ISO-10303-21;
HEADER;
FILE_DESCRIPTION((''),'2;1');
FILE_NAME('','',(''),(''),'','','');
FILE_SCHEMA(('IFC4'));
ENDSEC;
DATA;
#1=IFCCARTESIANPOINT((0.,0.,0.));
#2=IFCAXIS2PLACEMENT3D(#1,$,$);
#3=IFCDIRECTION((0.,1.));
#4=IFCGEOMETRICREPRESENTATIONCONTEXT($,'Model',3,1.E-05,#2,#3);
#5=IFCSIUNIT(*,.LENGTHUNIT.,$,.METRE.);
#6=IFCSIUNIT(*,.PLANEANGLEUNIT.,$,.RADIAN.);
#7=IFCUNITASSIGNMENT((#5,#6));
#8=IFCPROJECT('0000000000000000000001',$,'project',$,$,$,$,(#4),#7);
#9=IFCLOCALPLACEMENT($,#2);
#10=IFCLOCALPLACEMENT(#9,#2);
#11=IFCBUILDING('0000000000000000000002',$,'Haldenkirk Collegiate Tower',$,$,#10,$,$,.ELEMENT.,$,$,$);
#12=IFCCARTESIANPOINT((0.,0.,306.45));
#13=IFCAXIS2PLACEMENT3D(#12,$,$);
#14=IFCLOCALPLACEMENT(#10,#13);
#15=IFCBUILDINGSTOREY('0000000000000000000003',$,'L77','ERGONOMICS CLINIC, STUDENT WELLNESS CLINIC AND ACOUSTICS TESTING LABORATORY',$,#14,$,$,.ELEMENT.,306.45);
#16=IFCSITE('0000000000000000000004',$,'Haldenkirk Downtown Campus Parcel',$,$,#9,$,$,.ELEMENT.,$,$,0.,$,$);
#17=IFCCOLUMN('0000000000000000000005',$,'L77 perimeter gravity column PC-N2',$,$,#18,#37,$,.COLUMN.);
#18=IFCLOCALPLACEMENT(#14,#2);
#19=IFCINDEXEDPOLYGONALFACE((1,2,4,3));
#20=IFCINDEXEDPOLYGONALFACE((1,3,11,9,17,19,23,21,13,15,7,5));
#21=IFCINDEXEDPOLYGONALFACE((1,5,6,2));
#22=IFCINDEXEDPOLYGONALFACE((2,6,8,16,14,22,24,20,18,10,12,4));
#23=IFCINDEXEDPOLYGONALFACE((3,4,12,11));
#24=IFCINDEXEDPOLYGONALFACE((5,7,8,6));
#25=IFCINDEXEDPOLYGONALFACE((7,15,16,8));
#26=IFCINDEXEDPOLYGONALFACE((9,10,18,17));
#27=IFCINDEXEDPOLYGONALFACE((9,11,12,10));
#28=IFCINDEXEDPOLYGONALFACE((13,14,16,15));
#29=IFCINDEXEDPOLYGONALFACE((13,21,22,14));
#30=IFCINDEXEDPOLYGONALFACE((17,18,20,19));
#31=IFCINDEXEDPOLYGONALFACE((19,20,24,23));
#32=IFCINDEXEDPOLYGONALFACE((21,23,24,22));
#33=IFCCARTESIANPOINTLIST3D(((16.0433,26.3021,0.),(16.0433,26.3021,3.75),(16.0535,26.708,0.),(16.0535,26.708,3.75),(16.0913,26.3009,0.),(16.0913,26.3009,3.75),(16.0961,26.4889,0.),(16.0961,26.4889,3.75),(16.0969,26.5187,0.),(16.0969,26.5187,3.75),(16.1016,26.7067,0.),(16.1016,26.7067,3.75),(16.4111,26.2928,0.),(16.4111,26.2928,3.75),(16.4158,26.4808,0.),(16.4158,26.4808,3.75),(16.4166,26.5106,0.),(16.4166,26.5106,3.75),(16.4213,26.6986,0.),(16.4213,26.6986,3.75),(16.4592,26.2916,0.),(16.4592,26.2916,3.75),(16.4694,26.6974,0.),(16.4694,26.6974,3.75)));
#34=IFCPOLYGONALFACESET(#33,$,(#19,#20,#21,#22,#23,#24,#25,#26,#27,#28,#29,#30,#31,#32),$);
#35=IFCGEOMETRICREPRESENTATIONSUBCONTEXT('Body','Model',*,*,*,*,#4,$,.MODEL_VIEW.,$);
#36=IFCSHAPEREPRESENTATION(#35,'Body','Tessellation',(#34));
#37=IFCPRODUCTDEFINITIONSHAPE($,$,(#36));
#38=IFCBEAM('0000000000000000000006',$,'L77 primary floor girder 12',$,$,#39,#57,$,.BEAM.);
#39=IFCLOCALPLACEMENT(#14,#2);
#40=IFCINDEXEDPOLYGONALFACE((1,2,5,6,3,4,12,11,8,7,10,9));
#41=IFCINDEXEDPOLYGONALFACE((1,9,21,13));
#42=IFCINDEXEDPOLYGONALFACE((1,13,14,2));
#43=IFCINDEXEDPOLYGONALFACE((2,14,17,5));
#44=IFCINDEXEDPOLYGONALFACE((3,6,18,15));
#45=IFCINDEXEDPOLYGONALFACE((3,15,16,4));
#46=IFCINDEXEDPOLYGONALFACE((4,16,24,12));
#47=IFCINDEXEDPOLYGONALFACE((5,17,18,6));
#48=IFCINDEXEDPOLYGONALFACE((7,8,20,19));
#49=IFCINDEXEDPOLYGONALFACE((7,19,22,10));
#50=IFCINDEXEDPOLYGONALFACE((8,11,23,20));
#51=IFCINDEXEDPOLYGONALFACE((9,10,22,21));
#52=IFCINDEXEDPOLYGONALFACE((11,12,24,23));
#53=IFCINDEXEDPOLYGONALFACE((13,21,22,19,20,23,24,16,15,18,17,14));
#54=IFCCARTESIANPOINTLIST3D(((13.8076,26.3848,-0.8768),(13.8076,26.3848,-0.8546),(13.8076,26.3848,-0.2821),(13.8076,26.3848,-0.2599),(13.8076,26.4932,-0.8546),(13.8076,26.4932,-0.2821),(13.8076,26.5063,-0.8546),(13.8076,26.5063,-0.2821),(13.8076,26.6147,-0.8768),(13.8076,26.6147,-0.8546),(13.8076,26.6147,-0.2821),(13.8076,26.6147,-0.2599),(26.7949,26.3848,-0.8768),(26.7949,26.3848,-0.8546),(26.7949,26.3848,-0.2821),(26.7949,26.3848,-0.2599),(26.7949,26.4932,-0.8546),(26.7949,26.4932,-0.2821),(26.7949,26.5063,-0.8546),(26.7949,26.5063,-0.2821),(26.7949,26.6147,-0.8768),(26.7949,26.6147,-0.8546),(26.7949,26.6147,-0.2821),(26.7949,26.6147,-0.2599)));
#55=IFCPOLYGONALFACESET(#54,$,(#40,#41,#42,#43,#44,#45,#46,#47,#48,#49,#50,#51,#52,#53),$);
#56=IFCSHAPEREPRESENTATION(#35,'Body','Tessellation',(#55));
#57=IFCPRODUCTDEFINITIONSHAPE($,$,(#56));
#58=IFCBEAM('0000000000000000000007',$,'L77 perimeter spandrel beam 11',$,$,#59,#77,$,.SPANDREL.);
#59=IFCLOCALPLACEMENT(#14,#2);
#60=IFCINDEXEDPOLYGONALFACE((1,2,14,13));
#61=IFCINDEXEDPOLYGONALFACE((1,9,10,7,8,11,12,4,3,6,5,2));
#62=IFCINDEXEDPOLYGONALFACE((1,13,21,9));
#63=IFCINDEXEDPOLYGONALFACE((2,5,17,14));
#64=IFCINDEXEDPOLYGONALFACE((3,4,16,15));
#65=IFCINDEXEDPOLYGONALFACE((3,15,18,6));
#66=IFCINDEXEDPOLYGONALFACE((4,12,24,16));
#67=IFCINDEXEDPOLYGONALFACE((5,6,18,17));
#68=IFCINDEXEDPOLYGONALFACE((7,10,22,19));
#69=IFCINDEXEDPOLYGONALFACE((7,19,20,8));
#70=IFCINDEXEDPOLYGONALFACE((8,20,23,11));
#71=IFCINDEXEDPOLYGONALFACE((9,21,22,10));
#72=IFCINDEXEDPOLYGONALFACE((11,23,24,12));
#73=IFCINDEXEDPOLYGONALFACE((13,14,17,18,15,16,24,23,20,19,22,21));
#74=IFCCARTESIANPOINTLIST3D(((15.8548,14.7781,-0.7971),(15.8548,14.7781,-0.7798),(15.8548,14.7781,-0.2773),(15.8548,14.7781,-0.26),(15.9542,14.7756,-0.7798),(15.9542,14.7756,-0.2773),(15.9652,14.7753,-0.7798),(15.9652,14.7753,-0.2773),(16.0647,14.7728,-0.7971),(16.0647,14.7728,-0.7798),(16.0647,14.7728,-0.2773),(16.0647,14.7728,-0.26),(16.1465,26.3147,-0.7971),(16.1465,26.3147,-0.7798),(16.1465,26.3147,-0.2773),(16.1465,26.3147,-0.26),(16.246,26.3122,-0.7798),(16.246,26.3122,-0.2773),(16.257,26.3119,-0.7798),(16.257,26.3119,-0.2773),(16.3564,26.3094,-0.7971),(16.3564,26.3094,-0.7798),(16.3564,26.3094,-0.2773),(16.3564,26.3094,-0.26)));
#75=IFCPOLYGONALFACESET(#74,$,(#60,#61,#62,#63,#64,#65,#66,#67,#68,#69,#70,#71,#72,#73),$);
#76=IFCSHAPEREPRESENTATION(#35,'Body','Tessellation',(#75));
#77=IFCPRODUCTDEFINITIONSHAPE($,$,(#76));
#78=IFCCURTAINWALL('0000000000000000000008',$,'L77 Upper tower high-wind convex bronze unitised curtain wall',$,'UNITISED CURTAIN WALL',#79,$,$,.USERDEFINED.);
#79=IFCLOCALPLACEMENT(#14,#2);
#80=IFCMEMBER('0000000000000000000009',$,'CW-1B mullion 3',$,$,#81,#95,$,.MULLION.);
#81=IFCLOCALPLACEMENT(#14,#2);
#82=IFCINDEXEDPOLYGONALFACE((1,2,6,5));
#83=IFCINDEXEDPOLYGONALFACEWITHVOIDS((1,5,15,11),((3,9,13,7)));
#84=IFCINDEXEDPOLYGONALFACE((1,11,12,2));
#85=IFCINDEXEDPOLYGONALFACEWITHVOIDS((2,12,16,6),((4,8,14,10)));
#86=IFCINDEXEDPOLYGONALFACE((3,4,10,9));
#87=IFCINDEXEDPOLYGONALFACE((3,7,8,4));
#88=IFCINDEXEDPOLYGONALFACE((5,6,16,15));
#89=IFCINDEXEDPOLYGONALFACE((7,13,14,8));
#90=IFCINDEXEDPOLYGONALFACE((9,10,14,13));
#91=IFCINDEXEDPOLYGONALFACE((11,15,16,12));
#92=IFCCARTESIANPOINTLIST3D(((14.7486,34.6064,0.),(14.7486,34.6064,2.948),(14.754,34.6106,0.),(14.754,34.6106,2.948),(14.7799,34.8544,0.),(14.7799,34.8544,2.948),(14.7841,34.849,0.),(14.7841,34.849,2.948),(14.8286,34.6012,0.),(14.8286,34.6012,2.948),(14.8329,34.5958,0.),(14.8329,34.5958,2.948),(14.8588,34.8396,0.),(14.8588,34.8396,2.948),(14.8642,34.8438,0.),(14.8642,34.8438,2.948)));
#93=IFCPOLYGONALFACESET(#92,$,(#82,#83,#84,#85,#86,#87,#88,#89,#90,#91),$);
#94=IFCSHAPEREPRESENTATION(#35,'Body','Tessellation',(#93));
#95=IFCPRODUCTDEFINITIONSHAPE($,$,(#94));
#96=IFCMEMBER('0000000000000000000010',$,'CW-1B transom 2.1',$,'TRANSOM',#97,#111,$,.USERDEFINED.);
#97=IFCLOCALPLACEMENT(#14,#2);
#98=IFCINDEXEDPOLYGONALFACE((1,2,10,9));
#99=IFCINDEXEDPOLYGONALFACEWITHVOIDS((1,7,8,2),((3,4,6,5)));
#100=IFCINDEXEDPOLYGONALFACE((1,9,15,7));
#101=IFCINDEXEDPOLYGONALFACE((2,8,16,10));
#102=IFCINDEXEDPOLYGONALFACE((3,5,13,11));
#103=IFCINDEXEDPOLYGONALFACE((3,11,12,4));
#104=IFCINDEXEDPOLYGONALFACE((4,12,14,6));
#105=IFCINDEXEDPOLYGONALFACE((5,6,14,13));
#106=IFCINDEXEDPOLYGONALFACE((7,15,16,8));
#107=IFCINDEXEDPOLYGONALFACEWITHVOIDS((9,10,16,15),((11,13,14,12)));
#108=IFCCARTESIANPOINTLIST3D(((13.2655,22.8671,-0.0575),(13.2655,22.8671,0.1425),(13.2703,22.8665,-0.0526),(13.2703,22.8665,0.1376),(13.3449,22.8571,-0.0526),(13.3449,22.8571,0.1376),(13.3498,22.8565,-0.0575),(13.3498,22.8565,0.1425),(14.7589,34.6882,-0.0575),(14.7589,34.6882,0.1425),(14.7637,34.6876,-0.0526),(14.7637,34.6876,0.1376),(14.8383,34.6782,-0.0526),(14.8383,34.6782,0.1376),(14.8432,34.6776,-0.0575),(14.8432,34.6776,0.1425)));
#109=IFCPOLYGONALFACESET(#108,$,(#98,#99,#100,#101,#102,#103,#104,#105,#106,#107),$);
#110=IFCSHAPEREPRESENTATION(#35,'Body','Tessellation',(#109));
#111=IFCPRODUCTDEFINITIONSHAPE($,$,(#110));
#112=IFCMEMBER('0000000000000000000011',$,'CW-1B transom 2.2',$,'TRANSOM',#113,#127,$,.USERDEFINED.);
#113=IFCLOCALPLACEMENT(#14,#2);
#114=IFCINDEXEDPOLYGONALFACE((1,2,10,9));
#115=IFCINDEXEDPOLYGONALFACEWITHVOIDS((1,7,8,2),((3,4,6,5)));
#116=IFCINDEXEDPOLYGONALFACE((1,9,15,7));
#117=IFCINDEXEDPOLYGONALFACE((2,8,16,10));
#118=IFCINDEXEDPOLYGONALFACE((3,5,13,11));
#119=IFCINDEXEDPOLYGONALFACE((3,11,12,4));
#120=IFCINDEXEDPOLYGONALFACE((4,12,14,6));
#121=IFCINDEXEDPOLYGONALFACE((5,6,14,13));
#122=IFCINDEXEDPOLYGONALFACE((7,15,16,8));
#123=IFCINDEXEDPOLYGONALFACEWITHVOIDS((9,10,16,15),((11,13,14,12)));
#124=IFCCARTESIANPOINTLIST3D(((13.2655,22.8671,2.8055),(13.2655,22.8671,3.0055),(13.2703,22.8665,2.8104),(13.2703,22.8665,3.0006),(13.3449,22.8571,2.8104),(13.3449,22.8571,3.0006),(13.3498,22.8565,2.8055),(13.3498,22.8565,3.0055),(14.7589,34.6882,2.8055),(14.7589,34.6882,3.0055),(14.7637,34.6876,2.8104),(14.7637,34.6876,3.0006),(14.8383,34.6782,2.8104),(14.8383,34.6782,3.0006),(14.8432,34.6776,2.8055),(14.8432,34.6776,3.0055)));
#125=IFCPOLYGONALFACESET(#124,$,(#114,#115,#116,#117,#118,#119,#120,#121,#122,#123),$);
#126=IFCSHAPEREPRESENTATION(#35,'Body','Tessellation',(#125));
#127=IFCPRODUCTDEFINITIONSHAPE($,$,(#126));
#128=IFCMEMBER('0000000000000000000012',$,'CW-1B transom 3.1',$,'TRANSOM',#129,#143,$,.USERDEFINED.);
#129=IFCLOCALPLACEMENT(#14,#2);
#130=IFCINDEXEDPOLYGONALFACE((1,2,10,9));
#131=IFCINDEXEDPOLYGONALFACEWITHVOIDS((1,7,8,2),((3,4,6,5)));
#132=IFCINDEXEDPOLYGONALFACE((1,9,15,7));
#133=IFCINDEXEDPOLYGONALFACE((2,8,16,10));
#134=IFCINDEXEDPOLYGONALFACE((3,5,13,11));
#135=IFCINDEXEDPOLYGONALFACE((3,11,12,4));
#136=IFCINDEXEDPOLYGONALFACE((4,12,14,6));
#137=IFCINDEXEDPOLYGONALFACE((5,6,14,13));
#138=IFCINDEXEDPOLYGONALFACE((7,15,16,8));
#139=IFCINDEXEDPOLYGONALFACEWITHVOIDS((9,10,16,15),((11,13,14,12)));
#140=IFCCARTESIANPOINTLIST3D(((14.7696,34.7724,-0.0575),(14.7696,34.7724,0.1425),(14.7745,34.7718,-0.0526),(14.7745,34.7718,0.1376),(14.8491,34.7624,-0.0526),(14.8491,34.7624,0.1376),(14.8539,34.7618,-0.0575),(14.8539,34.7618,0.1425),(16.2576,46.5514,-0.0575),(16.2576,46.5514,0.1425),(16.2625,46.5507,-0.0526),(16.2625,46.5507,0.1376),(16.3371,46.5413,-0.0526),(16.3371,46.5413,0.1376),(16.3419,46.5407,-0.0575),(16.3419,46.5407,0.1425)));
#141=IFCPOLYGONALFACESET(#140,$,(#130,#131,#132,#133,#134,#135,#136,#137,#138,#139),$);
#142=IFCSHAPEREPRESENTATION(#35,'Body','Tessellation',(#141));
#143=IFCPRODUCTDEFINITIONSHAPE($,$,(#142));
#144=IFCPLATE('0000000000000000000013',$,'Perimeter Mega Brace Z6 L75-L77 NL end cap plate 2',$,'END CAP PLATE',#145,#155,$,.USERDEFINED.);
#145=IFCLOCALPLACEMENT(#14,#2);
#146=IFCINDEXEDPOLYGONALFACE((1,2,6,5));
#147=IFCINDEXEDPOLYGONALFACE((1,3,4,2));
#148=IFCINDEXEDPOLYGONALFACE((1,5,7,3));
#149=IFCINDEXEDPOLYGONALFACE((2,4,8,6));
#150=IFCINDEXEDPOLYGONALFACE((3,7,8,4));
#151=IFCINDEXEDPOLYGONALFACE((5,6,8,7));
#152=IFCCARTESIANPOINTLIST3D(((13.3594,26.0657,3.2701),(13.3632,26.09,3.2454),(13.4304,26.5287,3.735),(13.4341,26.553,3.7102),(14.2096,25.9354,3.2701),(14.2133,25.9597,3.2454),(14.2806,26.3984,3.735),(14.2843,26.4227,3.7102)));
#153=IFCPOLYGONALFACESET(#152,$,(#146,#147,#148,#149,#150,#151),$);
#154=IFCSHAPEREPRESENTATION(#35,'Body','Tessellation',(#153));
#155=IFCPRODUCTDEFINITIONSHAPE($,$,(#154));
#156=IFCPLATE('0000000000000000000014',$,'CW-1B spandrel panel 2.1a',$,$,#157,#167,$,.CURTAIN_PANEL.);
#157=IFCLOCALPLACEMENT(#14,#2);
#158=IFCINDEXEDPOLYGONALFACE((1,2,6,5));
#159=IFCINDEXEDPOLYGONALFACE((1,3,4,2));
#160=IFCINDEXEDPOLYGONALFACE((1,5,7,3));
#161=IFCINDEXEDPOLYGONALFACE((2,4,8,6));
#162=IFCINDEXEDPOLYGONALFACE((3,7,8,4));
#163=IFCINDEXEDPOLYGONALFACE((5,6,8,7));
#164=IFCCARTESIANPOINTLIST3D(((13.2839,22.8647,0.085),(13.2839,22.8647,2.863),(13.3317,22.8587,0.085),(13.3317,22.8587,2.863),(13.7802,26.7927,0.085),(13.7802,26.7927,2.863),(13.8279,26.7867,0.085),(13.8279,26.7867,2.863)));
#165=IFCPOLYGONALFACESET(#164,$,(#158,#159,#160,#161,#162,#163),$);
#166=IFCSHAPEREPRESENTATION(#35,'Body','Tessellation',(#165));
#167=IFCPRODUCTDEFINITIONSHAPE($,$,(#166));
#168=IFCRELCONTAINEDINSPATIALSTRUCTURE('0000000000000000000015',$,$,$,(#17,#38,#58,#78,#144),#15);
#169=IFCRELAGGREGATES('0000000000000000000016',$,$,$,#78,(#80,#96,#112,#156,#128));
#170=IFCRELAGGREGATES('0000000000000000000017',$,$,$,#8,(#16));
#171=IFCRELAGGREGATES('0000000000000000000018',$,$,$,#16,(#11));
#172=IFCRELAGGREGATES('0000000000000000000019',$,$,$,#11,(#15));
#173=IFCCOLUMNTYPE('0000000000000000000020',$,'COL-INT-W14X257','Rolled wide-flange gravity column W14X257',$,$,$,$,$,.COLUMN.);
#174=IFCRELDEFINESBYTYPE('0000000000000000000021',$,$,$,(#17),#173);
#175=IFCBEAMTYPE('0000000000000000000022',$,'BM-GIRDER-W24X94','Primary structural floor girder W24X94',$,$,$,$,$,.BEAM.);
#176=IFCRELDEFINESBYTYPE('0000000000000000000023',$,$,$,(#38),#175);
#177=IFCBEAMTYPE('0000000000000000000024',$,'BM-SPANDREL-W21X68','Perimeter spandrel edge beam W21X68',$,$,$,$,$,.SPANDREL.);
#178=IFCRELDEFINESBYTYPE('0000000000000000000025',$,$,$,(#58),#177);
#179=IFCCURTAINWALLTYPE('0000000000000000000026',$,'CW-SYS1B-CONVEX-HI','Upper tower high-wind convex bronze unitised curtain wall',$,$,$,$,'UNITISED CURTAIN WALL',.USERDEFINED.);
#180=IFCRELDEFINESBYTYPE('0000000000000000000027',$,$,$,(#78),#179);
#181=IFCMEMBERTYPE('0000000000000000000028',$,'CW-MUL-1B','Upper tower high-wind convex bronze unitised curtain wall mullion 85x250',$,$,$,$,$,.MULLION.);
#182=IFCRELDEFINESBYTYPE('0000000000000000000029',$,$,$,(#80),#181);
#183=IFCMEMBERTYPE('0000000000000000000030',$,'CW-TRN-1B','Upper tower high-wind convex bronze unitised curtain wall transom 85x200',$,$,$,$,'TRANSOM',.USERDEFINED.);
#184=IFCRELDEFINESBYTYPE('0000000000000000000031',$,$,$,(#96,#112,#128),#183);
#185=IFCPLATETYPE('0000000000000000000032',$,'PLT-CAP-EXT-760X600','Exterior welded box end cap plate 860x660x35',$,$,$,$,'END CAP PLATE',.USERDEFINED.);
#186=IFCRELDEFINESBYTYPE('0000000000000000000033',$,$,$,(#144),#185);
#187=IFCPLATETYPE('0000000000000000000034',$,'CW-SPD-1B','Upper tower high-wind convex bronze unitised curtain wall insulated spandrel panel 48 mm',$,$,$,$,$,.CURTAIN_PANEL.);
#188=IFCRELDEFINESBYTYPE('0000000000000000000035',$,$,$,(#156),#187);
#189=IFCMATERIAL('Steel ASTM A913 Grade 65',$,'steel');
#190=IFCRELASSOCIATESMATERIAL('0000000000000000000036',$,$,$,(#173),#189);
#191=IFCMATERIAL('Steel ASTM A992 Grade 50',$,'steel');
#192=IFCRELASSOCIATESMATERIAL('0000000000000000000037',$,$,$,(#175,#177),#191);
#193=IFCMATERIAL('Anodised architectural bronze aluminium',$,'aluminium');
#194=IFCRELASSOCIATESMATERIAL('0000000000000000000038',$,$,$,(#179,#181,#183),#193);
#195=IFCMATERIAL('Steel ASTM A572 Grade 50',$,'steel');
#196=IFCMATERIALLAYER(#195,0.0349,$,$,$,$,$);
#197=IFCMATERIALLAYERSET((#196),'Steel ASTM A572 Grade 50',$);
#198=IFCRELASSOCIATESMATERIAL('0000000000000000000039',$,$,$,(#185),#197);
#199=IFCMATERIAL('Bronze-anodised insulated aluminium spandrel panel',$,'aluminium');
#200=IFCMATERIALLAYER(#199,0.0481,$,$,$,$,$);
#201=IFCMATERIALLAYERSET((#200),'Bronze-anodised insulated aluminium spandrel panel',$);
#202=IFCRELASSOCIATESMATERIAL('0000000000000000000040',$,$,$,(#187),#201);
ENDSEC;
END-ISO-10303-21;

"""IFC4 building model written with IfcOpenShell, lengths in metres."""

from ifc_helpers import new_model, si_unit, direction, frame, origin, origin_2d, place, context, subcontext, project, spatial, rectangle, hollow_rectangle, i_section, extrude, source, transform, mapped, material, layer, layer_set, material_profile, profile_set, type_object, element, aggregate, save


model = new_model("IFC4")

# Units and contexts
model_context = context("Model", 3, precision=1e-05, world=origin(), true_north=direction((0.0, 1.0)))
body_context = subcontext(model_context, "Body", "Model", "MODEL_VIEW")
ifc_project = project(units=[si_unit("LENGTHUNIT", "METRE"), si_unit("PLANEANGLEUNIT", "RADIAN")], contexts=[model_context])

# Site, building, storey
site_placement = place(None, origin())
site = spatial("IfcSite", under=ifc_project, at=site_placement, Name="Haldenkirk Downtown Campus Parcel", CompositionType="ELEMENT", RefElevation=0.0)
building_placement = place(site_placement, origin())
building = spatial("IfcBuilding", under=site, at=building_placement, Name="Haldenkirk Collegiate Tower", CompositionType="ELEMENT")
storey_placement = place(building_placement, frame((0.0, 0.0, 306.45)))
storey = spatial("IfcBuildingStorey", under=building, at=storey_placement, Name="L77", Description="ERGONOMICS CLINIC, STUDENT WELLNESS CLINIC AND ACOUSTICS TESTING LABORATORY", CompositionType="ELEMENT", Elevation=306.45)

# Column
ifc_material_1 = material(Name="Steel ASTM A913 Grade 65", Category="steel")
ifc_material_profile_1 = material_profile(ifc_material_1, i_section(OverallWidth=0.406, OverallDepth=0.416, WebThickness=0.0298, FlangeThickness=0.0481, at=origin_2d()), Name="W14X257")
ifc_profile_set_1 = profile_set([ifc_material_profile_1], Name="Steel ASTM A913 Grade 65")
column_type = type_object("IfcColumnType", Name="COL-INT-W14X257", Description="Rolled wide-flange gravity column W14X257", PredefinedType="COLUMN", material=ifc_profile_set_1)
column_placement = place(storey_placement, frame((16.2563, 26.4998, 0.0), z_axis=(0.0, 0.0, 1.0), x_axis=(0.025305, 0.99968, 0.0)))
element("IfcColumn", 1, at=column_placement, inside=storey, type_object=column_type, Name="L77 perimeter gravity column PC-N2", PredefinedType="COLUMN", context=body_context, shape_type="SweptSolid", body=[
    extrude(i_section(OverallWidth=0.406, OverallDepth=0.416, WebThickness=0.0298, FlangeThickness=0.0481, at=origin_2d()), origin(), (0.0, 0.0, 1.0), 3.75),
])

# Beams
ifc_material_2 = material(Name="Steel ASTM A992 Grade 50", Category="steel")
ifc_material_profile_2 = material_profile(ifc_material_2, i_section(OverallWidth=0.23, OverallDepth=0.6169, WebThickness=0.0132, FlangeThickness=0.0222, at=origin_2d()), Name="W24X94")
ifc_profile_set_2 = profile_set([ifc_material_profile_2], Name="Steel ASTM A992 Grade 50")
beam_type_1 = type_object("IfcBeamType", Name="BM-GIRDER-W24X94", Description="Primary structural floor girder W24X94", PredefinedType="BEAM", material=ifc_profile_set_2)
beam_1_placement = place(storey_placement, frame((13.8076, 26.4998, -0.5684), z_axis=(1.0, 0.0, 0.0), x_axis=(0.0, 1.0, 0.0)))
element("IfcBeam", 2, at=beam_1_placement, inside=storey, type_object=beam_type_1, Name="L77 primary floor girder 12", PredefinedType="BEAM", context=body_context, shape_type="SweptSolid", body=[
    extrude(i_section(OverallWidth=0.23, OverallDepth=0.6169, WebThickness=0.0132, FlangeThickness=0.0222, at=origin_2d()), origin(), (0.0, 0.0, 1.0), 12.9873),
])
ifc_material_profile_3 = material_profile(ifc_material_2, i_section(OverallWidth=0.21, OverallDepth=0.5371, WebThickness=0.011, FlangeThickness=0.0173, at=origin_2d()), Name="W21X68")
ifc_profile_set_3 = profile_set([ifc_material_profile_3], Name="Steel ASTM A992 Grade 50")
beam_type_2 = type_object("IfcBeamType", Name="BM-SPANDREL-W21X68", Description="Perimeter spandrel edge beam W21X68", PredefinedType="SPANDREL", material=ifc_profile_set_3)
beam_2_placement = place(storey_placement, frame((16.2515, 26.312, -0.5286), z_axis=(-0.025281, -0.99968, 0.0), x_axis=(0.99968, -0.025281, 0.0)))
element("IfcBeam", 3, at=beam_2_placement, inside=storey, type_object=beam_type_2, Name="L77 perimeter spandrel beam 11", PredefinedType="SPANDREL", context=body_context, shape_type="SweptSolid", body=[
    extrude(i_section(OverallWidth=0.21, OverallDepth=0.5371, WebThickness=0.011, FlangeThickness=0.0173, at=origin_2d()), origin(), (0.0, 0.0, 1.0), 11.5403),
])

# Curtain wall, members
ifc_material_3 = material(Name="Anodised architectural bronze aluminium", Category="aluminium")
curtain_wall_type = type_object("IfcCurtainWallType", Name="CW-SYS1B-CONVEX-HI", Description="Upper tower high-wind convex bronze unitised curtain wall", ElementType="UNITISED CURTAIN WALL", PredefinedType="USERDEFINED", material=ifc_material_3)
curtain_wall_placement = place(storey_placement, origin())
curtain_wall = element("IfcCurtainWall", 4, at=curtain_wall_placement, inside=storey, type_object=curtain_wall_type, Name="L77 Upper tower high-wind convex bronze unitised curtain wall", ObjectType="UNITISED CURTAIN WALL", PredefinedType="USERDEFINED")
ifc_material_profile_4 = material_profile(ifc_material_3, hollow_rectangle(XDim=0.085, YDim=0.25, WallThickness=0.0049, at=origin_2d()), Name="CW-MUL-1B")
ifc_profile_set_4 = profile_set([ifc_material_profile_4], Name="Anodised architectural bronze aluminium")
member_type_1 = type_object("IfcMemberType", Name="CW-MUL-1B", Description="Upper tower high-wind convex bronze unitised curtain wall mullion 85x250", PredefinedType="MULLION", material=ifc_profile_set_4)
member_1_placement = place(storey_placement, frame((14.8064, 34.7251, 0.0), z_axis=(0.0, 0.0, 1.0), x_axis=(-0.992115, 0.125333, 0.0)))
member_1 = element("IfcMember", 5, at=member_1_placement, type_object=member_type_1, Name="CW-1B mullion 3", PredefinedType="MULLION", context=body_context, shape_type="SweptSolid", body=[
    extrude(hollow_rectangle(XDim=0.085, YDim=0.25, WallThickness=0.0049, at=origin_2d()), origin(), (0.0, 0.0, 1.0), 2.948),
])
ifc_material_profile_5 = material_profile(ifc_material_3, hollow_rectangle(XDim=0.085, YDim=0.2, WallThickness=0.0049, at=origin_2d()), Name="CW-TRN-1B")
ifc_profile_set_5 = profile_set([ifc_material_profile_5], Name="Anodised architectural bronze aluminium")
member_type_2 = type_object("IfcMemberType", Name="CW-TRN-1B", Description="Upper tower high-wind convex bronze unitised curtain wall transom 85x200", ElementType="TRANSOM", PredefinedType="USERDEFINED", material=ifc_profile_set_5)
member_2_placement = place(storey_placement, frame((13.3076, 22.8618, 0.0425), z_axis=(0.125338, 0.992114, 0.0), x_axis=(-0.992114, 0.125338, 0.0)))
member_2 = element("IfcMember", 6, at=member_2_placement, type_object=member_type_2, Name="CW-1B transom 2.1", ObjectType="TRANSOM", PredefinedType="USERDEFINED", context=body_context, shape_type="SweptSolid", body=[
    extrude(hollow_rectangle(XDim=0.085, YDim=0.2, WallThickness=0.0049, at=origin_2d()), origin(), (0.0, 0.0, 1.0), 11.915),
])
member_3_placement = place(storey_placement, frame((13.3076, 22.8618, 2.9055), z_axis=(0.125338, 0.992114, 0.0), x_axis=(-0.992114, 0.125338, 0.0)))
member_3 = element("IfcMember", 7, at=member_3_placement, type_object=member_type_2, Name="CW-1B transom 2.2", ObjectType="TRANSOM", PredefinedType="USERDEFINED", context=body_context, shape_type="SweptSolid", body=[
    extrude(hollow_rectangle(XDim=0.085, YDim=0.2, WallThickness=0.0049, at=origin_2d()), origin(), (0.0, 0.0, 1.0), 11.915),
])
member_4_placement = place(storey_placement, frame((14.8118, 34.7671, 0.0425), z_axis=(0.125333, 0.992115, 0.0), x_axis=(-0.992115, 0.125333, 0.0)))
member_4 = element("IfcMember", 8, at=member_4_placement, type_object=member_type_2, Name="CW-1B transom 3.1", ObjectType="TRANSOM", PredefinedType="USERDEFINED", context=body_context, shape_type="SweptSolid", body=[
    extrude(hollow_rectangle(XDim=0.085, YDim=0.2, WallThickness=0.0049, at=origin_2d()), origin(), (0.0, 0.0, 1.0), 11.8726),
])

# Plates
ifc_material_4 = material(Name="Steel ASTM A572 Grade 50", Category="steel")
ifc_layer_1 = layer(ifc_material_4, 0.0349)
ifc_layer_set_1 = layer_set([ifc_layer_1], Name="Steel ASTM A572 Grade 50")
plate_type_1 = type_object("IfcPlateType", Name="PLT-CAP-EXT-760X600", Description="Exterior welded box end cap plate 860x660x35", ElementType="END CAP PLATE", PredefinedType="USERDEFINED", material=ifc_layer_set_1)
shared_shape_1 = source(origin(), body_context, "Body", "SweptSolid", [
    extrude(rectangle(XDim=0.8601, YDim=0.6599, at=origin_2d()), origin(), (0.0, 0.0, 1.0), 0.0349),
])
plate_1_placement = place(storey_placement, frame((13.8237, 26.2563, 3.4778), z_axis=(-0.106711, -0.696266, 0.709807), x_axis=(0.988458, -0.151493, 0.0)))
element("IfcPlate", 9, at=plate_1_placement, inside=storey, type_object=plate_type_1, Name="Perimeter Mega Brace Z6 L75-L77 NL end cap plate 2", ObjectType="END CAP PLATE", PredefinedType="USERDEFINED", context=body_context, shape_type="MappedRepresentation", body=[
    mapped(shared_shape_1, transform((0.0, 0.0, 0.0), x_axis=(1.0, 0.0, 0.0), y_axis=(0.0, 1.0, 0.0), z_axis=(0.0, 0.0, 1.0), scale=1.0)),
])
ifc_material_5 = material(Name="Bronze-anodised insulated aluminium spandrel panel", Category="aluminium")
ifc_layer_2 = layer(ifc_material_5, 0.0481)
ifc_layer_set_2 = layer_set([ifc_layer_2], Name="Bronze-anodised insulated aluminium spandrel panel")
plate_type_2 = type_object("IfcPlateType", Name="CW-SPD-1B", Description="Upper tower high-wind convex bronze unitised curtain wall insulated spandrel panel 48 mm", PredefinedType="CURTAIN_PANEL", material=ifc_layer_set_2)
shared_shape_2 = source(origin(), body_context, "Body", "SweptSolid", [
    extrude(rectangle(XDim=3.9592, YDim=0.0481, at=origin_2d()), origin(), (0.0, 0.0, 1.0), 2.7781),
])
plate_2_placement = place(storey_placement, frame((13.5559, 24.8257, 0.085), z_axis=(0.0, 0.0, 1.0), x_axis=(0.125333, 0.992115, 0.0)))
plate_2 = element("IfcPlate", 10, at=plate_2_placement, type_object=plate_type_2, Name="CW-1B spandrel panel 2.1a", PredefinedType="CURTAIN_PANEL", context=body_context, shape_type="MappedRepresentation", body=[
    mapped(shared_shape_2, transform((0.0, 0.0, 0.0), x_axis=(1.0, 0.0, 0.0), y_axis=(0.0, 1.0, 0.0), z_axis=(0.0, 0.0, 1.0), scale=1.0)),
])
aggregate(curtain_wall, [member_1, member_2, member_3, plate_2, member_4])

save(model, "model.ifc")
